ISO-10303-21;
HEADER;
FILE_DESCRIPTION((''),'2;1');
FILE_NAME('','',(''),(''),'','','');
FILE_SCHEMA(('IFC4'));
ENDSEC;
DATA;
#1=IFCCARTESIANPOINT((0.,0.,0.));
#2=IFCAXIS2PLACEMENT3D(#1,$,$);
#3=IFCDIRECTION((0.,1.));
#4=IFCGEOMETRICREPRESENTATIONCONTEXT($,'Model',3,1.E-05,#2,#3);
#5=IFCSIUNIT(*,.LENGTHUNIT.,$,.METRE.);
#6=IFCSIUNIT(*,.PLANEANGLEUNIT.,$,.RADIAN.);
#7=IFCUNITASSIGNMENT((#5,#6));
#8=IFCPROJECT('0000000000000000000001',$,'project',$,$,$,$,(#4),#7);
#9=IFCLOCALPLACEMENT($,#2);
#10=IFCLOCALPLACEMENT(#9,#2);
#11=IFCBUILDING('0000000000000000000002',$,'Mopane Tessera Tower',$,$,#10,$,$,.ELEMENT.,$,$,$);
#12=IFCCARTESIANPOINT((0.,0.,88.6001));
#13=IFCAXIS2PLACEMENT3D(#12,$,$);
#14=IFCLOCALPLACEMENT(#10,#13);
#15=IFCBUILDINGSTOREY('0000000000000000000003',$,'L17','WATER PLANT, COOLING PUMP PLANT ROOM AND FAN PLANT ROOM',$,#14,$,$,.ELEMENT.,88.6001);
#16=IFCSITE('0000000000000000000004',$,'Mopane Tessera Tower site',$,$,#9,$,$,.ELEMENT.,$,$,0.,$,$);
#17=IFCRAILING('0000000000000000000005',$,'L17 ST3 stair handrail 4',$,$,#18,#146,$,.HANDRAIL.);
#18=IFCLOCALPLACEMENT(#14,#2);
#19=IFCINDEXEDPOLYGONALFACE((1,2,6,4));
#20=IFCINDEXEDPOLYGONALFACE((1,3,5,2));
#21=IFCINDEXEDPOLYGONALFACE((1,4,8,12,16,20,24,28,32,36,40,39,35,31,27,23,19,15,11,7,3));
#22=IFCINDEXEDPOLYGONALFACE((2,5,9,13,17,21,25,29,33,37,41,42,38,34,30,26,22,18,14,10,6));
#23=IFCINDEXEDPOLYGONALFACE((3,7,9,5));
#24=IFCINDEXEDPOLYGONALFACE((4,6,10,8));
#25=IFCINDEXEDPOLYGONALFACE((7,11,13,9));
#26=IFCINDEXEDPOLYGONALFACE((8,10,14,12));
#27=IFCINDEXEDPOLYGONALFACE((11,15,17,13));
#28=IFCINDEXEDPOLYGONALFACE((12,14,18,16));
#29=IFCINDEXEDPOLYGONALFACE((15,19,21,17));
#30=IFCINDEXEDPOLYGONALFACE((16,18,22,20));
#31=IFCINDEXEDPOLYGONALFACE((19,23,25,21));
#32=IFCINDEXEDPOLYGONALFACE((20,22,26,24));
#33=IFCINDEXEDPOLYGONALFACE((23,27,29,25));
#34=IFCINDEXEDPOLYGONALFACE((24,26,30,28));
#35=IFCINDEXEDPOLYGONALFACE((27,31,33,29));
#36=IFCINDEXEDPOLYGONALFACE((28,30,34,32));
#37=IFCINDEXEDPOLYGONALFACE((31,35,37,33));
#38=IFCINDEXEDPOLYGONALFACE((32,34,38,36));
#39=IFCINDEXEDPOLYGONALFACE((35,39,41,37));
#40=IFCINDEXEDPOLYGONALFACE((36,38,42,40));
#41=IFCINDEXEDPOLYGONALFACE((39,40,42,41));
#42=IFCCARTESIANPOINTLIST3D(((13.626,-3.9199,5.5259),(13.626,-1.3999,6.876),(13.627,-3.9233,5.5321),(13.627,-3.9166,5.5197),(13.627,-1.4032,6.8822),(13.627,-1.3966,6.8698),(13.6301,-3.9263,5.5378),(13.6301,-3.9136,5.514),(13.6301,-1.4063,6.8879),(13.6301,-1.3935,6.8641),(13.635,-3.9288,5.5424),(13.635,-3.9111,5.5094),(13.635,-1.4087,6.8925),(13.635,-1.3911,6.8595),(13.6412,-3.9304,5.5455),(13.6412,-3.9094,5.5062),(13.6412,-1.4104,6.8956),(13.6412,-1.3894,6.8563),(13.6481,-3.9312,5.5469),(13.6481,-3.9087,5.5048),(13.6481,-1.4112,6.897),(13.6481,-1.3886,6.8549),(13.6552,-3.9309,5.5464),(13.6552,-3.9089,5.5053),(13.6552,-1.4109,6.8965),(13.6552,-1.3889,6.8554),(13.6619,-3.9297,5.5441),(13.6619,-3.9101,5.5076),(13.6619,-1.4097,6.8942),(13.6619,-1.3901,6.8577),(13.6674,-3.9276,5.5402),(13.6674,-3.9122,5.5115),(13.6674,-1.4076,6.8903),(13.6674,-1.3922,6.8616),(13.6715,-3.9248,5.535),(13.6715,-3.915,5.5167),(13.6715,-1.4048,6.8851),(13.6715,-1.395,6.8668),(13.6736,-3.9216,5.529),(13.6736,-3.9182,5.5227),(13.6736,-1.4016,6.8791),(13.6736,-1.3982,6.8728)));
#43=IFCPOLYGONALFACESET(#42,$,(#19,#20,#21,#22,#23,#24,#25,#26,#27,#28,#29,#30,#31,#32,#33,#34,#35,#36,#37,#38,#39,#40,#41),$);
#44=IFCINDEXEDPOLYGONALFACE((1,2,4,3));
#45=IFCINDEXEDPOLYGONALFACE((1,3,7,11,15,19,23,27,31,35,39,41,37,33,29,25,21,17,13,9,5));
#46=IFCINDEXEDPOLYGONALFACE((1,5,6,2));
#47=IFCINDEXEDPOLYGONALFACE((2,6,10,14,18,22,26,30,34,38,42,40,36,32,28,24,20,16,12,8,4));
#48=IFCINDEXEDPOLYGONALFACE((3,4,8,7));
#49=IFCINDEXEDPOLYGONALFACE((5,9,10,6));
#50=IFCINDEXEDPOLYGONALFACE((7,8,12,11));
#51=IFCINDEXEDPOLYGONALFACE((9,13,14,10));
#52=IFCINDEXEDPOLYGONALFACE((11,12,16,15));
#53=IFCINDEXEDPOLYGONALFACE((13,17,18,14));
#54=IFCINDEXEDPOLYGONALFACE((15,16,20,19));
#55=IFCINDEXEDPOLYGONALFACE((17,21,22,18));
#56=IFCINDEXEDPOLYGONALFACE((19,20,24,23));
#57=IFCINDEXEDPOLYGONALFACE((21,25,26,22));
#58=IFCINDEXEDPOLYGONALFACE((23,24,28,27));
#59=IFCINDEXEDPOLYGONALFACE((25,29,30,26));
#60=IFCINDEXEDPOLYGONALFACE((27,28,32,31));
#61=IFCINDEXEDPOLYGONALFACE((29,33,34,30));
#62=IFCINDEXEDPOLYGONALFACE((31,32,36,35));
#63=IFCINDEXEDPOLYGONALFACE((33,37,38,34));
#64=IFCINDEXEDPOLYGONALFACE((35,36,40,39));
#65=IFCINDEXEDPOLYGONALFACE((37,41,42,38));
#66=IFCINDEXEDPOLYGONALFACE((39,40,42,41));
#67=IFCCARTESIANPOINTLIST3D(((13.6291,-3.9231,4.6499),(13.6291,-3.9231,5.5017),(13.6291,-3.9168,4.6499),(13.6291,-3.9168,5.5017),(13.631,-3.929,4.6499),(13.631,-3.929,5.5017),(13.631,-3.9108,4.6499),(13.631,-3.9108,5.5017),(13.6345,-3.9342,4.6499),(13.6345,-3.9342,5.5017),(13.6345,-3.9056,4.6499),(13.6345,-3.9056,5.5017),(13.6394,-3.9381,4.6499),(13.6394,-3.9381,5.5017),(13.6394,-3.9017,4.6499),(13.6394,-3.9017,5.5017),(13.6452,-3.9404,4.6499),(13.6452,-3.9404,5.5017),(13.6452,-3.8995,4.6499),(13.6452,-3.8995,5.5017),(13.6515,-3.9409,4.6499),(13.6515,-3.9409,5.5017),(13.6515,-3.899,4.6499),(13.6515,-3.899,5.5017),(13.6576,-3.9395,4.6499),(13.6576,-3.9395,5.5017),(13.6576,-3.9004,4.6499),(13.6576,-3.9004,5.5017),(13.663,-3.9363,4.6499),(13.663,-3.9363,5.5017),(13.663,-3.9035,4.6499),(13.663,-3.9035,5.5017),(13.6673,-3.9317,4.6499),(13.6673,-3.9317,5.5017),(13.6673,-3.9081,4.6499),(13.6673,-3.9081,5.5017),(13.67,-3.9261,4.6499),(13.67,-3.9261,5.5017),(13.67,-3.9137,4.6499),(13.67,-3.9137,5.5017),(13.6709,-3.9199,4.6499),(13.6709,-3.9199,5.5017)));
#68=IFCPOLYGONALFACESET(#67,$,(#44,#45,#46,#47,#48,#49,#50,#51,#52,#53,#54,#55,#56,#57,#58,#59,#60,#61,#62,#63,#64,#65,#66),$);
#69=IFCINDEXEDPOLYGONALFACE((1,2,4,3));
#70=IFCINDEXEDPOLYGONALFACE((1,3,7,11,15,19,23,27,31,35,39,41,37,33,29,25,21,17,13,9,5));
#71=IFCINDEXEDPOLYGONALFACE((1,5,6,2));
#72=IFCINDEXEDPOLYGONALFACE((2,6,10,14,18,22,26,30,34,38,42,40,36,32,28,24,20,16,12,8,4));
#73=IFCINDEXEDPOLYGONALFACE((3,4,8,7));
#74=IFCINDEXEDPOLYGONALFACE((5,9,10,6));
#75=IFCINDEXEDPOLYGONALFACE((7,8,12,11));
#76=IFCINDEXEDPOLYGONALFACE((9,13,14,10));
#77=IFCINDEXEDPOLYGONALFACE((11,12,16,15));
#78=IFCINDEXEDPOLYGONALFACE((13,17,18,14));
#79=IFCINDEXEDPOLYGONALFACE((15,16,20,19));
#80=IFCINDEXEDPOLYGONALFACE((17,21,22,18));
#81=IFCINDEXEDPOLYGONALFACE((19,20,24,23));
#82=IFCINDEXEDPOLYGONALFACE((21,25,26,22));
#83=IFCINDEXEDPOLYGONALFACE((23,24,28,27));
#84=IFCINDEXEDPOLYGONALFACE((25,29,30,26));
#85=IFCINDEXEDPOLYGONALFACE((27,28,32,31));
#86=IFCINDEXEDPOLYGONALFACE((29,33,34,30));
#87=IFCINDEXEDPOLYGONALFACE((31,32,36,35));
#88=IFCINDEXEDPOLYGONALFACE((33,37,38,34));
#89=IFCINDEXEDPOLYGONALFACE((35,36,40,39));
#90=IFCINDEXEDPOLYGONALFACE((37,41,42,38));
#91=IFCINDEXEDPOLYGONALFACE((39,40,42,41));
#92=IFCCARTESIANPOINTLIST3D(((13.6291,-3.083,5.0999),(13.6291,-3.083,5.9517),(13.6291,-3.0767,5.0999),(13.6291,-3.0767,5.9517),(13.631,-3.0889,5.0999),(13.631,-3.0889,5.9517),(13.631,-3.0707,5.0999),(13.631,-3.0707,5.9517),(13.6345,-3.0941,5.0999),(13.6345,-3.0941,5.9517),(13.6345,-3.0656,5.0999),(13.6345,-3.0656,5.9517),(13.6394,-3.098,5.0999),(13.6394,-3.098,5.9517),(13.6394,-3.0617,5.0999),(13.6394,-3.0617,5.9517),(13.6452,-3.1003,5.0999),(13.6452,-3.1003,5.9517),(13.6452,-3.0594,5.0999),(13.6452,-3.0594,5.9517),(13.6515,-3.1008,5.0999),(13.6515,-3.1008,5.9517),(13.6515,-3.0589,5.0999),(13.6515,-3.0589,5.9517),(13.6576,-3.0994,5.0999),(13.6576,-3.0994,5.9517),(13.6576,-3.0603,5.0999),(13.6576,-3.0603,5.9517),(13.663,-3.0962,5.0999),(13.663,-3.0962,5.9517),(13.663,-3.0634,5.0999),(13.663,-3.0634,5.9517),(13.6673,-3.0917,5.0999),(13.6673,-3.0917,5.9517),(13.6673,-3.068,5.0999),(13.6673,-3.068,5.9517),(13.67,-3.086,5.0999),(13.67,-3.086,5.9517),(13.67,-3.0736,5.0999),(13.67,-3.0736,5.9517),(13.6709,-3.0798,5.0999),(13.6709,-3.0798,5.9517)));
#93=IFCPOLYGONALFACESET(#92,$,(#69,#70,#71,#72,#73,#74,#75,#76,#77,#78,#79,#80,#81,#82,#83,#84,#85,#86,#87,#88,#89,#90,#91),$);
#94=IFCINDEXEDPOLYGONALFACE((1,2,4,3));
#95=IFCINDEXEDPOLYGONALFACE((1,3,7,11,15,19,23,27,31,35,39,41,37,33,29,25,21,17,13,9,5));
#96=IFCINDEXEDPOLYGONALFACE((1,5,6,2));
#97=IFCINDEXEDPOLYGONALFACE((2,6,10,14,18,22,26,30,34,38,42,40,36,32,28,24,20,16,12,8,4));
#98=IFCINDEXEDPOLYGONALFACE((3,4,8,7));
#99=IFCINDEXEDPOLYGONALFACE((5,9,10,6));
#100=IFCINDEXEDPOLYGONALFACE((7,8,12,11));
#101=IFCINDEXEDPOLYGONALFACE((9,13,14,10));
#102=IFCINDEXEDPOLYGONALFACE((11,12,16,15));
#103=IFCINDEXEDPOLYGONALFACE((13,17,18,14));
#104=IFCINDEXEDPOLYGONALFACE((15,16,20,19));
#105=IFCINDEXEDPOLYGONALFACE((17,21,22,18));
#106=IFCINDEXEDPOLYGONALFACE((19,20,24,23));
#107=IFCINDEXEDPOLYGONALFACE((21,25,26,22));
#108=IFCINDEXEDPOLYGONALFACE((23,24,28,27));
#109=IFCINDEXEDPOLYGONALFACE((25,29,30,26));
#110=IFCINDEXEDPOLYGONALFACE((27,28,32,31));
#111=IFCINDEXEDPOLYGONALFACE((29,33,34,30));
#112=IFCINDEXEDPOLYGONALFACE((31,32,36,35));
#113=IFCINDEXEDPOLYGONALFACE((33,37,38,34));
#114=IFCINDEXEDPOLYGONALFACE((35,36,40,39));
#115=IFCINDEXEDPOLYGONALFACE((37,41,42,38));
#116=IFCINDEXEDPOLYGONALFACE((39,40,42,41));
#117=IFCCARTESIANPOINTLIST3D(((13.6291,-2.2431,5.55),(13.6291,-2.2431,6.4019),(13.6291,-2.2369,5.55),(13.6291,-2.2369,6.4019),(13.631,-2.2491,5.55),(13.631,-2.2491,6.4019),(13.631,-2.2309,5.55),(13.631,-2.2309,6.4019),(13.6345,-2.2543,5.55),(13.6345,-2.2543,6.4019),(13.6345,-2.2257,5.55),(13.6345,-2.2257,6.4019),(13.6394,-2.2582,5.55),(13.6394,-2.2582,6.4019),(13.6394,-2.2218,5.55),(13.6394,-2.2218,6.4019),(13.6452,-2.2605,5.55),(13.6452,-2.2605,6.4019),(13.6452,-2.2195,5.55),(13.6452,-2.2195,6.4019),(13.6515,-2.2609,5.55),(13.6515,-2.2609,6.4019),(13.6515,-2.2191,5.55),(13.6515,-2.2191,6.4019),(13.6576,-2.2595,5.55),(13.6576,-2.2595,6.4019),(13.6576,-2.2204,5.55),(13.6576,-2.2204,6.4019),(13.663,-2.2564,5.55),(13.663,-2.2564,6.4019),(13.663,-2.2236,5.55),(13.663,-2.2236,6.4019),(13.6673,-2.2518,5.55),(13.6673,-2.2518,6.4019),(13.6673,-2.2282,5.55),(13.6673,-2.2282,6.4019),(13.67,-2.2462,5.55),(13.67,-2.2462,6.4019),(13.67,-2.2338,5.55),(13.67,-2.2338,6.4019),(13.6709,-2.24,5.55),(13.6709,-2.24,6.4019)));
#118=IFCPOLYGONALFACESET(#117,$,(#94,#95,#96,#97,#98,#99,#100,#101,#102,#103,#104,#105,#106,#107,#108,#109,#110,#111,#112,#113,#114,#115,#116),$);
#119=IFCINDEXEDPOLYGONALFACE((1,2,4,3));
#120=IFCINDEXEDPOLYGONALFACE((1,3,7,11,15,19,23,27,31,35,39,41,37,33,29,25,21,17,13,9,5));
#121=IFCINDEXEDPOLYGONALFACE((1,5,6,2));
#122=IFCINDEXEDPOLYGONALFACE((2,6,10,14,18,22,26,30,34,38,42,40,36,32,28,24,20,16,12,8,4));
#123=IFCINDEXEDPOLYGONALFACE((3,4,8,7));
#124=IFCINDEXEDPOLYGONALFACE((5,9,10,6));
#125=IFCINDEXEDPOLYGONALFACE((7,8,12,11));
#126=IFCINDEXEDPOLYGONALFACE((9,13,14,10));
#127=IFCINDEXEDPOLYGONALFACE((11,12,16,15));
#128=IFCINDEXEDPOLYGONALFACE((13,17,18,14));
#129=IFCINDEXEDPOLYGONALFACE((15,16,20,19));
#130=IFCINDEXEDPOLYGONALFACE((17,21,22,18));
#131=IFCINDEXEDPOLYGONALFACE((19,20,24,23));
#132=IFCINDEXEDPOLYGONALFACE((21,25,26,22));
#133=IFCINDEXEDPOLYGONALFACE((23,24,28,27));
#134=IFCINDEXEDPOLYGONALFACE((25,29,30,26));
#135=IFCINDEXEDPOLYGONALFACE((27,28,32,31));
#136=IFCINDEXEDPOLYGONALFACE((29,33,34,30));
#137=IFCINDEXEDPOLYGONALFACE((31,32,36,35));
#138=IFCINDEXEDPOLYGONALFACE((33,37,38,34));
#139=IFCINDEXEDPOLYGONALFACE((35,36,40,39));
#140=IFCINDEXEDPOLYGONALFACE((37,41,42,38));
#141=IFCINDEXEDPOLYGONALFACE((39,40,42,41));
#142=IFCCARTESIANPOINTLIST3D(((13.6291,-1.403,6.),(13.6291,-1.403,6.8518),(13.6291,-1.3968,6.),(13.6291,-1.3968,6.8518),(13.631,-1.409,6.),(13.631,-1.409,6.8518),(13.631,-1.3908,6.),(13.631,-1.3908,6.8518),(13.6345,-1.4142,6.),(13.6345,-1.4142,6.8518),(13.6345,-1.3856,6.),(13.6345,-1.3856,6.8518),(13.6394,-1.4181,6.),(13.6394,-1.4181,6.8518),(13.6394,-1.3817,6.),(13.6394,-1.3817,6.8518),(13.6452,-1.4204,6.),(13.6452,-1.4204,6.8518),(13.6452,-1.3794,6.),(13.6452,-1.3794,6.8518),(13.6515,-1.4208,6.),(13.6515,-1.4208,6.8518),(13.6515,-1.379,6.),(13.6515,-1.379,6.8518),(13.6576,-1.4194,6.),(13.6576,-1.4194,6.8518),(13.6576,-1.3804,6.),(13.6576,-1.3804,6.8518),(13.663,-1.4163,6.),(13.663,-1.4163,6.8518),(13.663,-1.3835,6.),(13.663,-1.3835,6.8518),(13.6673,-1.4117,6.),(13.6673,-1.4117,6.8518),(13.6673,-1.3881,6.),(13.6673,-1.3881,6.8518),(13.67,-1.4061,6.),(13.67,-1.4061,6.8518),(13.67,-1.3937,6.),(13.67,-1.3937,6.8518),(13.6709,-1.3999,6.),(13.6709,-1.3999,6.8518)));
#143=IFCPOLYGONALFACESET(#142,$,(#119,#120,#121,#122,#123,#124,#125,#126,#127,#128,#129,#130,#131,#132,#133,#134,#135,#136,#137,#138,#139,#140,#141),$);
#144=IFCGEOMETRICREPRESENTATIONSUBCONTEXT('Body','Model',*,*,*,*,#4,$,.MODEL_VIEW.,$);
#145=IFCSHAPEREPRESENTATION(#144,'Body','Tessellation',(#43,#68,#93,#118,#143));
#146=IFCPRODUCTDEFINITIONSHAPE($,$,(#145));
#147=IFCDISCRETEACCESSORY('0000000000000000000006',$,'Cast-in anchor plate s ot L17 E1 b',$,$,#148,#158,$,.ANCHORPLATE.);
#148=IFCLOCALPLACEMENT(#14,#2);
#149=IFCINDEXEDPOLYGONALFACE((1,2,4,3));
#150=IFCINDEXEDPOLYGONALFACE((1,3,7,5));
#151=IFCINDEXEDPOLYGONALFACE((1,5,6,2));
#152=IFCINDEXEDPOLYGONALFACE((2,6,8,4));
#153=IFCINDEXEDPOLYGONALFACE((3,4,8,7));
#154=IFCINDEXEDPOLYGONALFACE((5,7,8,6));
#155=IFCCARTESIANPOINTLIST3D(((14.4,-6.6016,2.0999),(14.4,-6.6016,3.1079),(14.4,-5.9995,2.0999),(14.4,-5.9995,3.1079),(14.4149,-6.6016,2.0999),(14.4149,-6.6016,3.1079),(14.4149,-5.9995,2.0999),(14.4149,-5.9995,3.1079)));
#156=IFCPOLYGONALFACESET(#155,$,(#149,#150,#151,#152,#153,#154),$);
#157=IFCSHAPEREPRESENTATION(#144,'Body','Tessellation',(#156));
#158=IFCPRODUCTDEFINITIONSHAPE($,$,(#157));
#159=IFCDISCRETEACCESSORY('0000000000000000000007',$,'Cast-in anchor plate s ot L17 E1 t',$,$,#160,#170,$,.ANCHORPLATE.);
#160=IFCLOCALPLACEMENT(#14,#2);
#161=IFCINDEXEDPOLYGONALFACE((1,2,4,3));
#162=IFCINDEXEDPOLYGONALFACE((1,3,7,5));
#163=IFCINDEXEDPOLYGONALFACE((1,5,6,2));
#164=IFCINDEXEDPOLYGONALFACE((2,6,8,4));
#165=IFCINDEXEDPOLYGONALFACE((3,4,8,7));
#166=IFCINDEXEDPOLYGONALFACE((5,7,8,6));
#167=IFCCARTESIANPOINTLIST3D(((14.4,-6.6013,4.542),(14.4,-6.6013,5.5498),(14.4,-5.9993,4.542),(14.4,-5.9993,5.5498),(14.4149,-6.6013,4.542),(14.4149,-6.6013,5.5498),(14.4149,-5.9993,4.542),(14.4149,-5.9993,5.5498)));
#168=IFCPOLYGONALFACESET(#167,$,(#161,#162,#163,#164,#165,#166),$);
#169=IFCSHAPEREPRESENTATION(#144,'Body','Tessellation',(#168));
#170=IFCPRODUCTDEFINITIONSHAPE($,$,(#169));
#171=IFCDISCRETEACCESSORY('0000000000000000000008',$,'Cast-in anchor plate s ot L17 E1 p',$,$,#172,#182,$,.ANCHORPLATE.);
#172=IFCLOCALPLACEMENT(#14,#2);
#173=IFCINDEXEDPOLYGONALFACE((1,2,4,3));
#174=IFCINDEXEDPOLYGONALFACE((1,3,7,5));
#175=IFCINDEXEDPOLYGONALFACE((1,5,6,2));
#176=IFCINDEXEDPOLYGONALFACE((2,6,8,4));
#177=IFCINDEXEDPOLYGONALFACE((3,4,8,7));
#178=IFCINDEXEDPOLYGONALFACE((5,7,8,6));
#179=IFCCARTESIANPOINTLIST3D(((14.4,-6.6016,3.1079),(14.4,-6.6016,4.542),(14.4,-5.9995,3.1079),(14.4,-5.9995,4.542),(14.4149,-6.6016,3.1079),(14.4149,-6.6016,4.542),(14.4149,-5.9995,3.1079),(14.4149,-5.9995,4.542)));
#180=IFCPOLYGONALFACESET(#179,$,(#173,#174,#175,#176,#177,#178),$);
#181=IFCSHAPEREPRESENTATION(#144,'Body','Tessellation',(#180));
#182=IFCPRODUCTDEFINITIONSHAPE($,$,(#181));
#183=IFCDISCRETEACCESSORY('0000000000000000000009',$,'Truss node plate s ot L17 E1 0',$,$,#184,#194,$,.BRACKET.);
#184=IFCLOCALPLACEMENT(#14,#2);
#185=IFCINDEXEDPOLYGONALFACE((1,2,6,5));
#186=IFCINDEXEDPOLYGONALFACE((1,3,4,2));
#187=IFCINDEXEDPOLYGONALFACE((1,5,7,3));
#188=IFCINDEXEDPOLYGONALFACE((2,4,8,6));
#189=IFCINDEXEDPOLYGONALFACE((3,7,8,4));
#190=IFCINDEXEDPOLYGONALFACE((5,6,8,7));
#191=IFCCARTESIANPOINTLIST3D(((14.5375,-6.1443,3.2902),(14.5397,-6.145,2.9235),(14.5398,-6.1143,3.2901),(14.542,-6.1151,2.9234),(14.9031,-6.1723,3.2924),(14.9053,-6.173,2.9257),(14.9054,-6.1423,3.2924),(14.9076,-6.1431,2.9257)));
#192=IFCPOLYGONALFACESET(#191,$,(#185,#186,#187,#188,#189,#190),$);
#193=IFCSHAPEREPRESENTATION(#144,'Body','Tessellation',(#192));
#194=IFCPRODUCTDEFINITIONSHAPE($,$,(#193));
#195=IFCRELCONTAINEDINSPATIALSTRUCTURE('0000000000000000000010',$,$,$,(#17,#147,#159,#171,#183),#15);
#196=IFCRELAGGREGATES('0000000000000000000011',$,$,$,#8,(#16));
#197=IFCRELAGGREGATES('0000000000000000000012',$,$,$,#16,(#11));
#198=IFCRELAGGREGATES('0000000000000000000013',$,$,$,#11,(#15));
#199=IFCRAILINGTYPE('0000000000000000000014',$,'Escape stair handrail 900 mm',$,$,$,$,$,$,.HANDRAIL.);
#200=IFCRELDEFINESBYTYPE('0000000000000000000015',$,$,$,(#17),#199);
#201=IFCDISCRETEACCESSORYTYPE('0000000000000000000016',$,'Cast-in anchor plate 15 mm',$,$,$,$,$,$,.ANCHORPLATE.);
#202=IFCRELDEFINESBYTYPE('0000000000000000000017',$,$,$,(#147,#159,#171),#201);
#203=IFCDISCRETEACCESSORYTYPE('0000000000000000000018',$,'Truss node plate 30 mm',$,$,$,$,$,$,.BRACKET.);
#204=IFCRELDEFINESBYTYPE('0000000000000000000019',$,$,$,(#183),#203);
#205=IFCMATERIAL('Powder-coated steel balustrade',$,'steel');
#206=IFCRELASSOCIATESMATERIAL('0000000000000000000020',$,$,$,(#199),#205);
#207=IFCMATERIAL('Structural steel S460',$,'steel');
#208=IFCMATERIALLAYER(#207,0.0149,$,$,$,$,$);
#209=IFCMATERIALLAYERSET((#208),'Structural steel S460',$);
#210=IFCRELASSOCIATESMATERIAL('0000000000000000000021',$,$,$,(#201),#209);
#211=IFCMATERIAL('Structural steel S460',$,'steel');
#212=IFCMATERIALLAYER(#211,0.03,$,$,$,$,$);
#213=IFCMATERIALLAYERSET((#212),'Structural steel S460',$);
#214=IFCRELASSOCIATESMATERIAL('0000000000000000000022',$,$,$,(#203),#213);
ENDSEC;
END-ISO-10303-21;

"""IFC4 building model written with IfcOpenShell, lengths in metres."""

from ifc_helpers import new_model, si_unit, direction, frame, origin, origin_2d, place, context, subcontext, project, spatial, rectangle, circle, extrude, material, layer, layer_set, type_object, element, save


model = new_model("IFC4")

# Units and contexts
model_context = context("Model", 3, precision=1e-05, world=origin(), true_north=direction((0.0, 1.0)))
body_context = subcontext(model_context, "Body", "Model", "MODEL_VIEW")
ifc_project = project(units=[si_unit("LENGTHUNIT", "METRE"), si_unit("PLANEANGLEUNIT", "RADIAN")], contexts=[model_context])

# Site, building, storey
site_placement = place(None, origin())
site = spatial("IfcSite", under=ifc_project, at=site_placement, Name="Mopane Tessera Tower site", CompositionType="ELEMENT", RefElevation=0.0)
building_placement = place(site_placement, origin())
building = spatial("IfcBuilding", under=site, at=building_placement, Name="Mopane Tessera Tower", CompositionType="ELEMENT")
storey_placement = place(building_placement, frame((0.0, 0.0, 88.6001)))
storey = spatial("IfcBuildingStorey", under=building, at=storey_placement, Name="L17", Description="WATER PLANT, COOLING PUMP PLANT ROOM AND FAN PLANT ROOM", CompositionType="ELEMENT", Elevation=88.6001)

# Railing
ifc_material_1 = material(Name="Powder-coated steel balustrade", Category="steel")
railing_type_1 = type_object("IfcRailingType", Name="Escape stair handrail 900 mm", PredefinedType="HANDRAIL", material=ifc_material_1)
railing_1_placement = place(storey_placement, frame((13.6499, -3.9199, 4.6499)))
element("IfcRailing", 1, at=railing_1_placement, inside=storey, type_object=railing_type_1, Name="L17 ST3 stair handrail 4", PredefinedType="HANDRAIL", context=body_context, shape_type="SweptSolid", body=[
    extrude(circle(Radius=0.0239, at=origin_2d()), frame((0.0, 0.0, 0.876), z_axis=(0.0, 0.881467, 0.472245), x_axis=(-1.0, 0.0, 0.0)), (0.0, 0.0, 1.0), 2.8589),
    extrude(circle(Radius=0.021, at=origin_2d()), origin(), (0.0, 0.0, 1.0), 0.8518),
    extrude(circle(Radius=0.021, at=origin_2d()), frame((0.0, 0.8401, 0.45)), (0.0, 0.0, 1.0), 0.8518),
    extrude(circle(Radius=0.021, at=origin_2d()), frame((0.0, 1.6799, 0.9001)), (0.0, 0.0, 1.0), 0.8518),
    extrude(circle(Radius=0.021, at=origin_2d()), frame((0.0, 2.52, 1.3501)), (0.0, 0.0, 1.0), 0.8518),
])

# Discrete accessories
ifc_material_2 = material(Name="Structural steel S460", Category="steel")
ifc_layer_1 = layer(ifc_material_2, 0.0149)
ifc_layer_set_1 = layer_set([ifc_layer_1], Name="Structural steel S460")
discrete_accessory_type_1 = type_object("IfcDiscreteAccessoryType", Name="Cast-in anchor plate 15 mm", PredefinedType="ANCHORPLATE", material=ifc_layer_set_1)
discrete_accessory_1_placement = place(storey_placement, frame((14.4075, -6.3005, 2.0999), z_axis=(0.0, 0.0, 1.0), x_axis=(1.0, 0.0, 0.0)))
element("IfcDiscreteAccessory", 2, at=discrete_accessory_1_placement, inside=storey, type_object=discrete_accessory_type_1, Name="Cast-in anchor plate s ot L17 E1 b", PredefinedType="ANCHORPLATE", context=body_context, shape_type="SweptSolid", body=[
    extrude(rectangle(XDim=0.0149, YDim=0.6021, at=origin_2d()), origin(), (0.0, 0.0, 1.0), 1.0081),
])
discrete_accessory_2_placement = place(storey_placement, frame((14.4075, -6.3003, 4.542), z_axis=(0.0, 0.0, 1.0), x_axis=(1.0, 0.0, 0.0)))
element("IfcDiscreteAccessory", 3, at=discrete_accessory_2_placement, inside=storey, type_object=discrete_accessory_type_1, Name="Cast-in anchor plate s ot L17 E1 t", PredefinedType="ANCHORPLATE", context=body_context, shape_type="SweptSolid", body=[
    extrude(rectangle(XDim=0.0149, YDim=0.6021, at=origin_2d()), origin(), (0.0, 0.0, 1.0), 1.0078),
])
discrete_accessory_3_placement = place(storey_placement, frame((14.4075, -6.3005, 3.1079), z_axis=(0.0, 0.0, 1.0), x_axis=(1.0, 0.0, 0.0)))
element("IfcDiscreteAccessory", 4, at=discrete_accessory_3_placement, inside=storey, type_object=discrete_accessory_type_1, Name="Cast-in anchor plate s ot L17 E1 p", PredefinedType="ANCHORPLATE", context=body_context, shape_type="SweptSolid", body=[
    extrude(rectangle(XDim=0.0149, YDim=0.6021, at=origin_2d()), origin(), (0.0, 0.0, 1.0), 1.4341),
])
ifc_material_3 = material(Name="Structural steel S460", Category="steel")
ifc_layer_2 = layer(ifc_material_3, 0.03)
ifc_layer_set_2 = layer_set([ifc_layer_2], Name="Structural steel S460")
discrete_accessory_type_2 = type_object("IfcDiscreteAccessoryType", Name="Truss node plate 30 mm", PredefinedType="BRACKET", material=ifc_layer_set_2)
discrete_accessory_4_placement = place(storey_placement, frame((14.7236, -6.144, 2.9246), z_axis=(-0.005992, 0.001997, 0.99998), x_axis=(0.076365, 0.997079, -0.001534)))
element("IfcDiscreteAccessory", 5, at=discrete_accessory_4_placement, inside=storey, type_object=discrete_accessory_type_2, Name="Truss node plate s ot L17 E1 0", PredefinedType="BRACKET", context=body_context, shape_type="SweptSolid", body=[
    extrude(rectangle(XDim=0.03, YDim=0.3667, at=origin_2d()), origin(), (0.0, 0.0, 1.0), 0.3667),
])

save(model, "model.ifc")
